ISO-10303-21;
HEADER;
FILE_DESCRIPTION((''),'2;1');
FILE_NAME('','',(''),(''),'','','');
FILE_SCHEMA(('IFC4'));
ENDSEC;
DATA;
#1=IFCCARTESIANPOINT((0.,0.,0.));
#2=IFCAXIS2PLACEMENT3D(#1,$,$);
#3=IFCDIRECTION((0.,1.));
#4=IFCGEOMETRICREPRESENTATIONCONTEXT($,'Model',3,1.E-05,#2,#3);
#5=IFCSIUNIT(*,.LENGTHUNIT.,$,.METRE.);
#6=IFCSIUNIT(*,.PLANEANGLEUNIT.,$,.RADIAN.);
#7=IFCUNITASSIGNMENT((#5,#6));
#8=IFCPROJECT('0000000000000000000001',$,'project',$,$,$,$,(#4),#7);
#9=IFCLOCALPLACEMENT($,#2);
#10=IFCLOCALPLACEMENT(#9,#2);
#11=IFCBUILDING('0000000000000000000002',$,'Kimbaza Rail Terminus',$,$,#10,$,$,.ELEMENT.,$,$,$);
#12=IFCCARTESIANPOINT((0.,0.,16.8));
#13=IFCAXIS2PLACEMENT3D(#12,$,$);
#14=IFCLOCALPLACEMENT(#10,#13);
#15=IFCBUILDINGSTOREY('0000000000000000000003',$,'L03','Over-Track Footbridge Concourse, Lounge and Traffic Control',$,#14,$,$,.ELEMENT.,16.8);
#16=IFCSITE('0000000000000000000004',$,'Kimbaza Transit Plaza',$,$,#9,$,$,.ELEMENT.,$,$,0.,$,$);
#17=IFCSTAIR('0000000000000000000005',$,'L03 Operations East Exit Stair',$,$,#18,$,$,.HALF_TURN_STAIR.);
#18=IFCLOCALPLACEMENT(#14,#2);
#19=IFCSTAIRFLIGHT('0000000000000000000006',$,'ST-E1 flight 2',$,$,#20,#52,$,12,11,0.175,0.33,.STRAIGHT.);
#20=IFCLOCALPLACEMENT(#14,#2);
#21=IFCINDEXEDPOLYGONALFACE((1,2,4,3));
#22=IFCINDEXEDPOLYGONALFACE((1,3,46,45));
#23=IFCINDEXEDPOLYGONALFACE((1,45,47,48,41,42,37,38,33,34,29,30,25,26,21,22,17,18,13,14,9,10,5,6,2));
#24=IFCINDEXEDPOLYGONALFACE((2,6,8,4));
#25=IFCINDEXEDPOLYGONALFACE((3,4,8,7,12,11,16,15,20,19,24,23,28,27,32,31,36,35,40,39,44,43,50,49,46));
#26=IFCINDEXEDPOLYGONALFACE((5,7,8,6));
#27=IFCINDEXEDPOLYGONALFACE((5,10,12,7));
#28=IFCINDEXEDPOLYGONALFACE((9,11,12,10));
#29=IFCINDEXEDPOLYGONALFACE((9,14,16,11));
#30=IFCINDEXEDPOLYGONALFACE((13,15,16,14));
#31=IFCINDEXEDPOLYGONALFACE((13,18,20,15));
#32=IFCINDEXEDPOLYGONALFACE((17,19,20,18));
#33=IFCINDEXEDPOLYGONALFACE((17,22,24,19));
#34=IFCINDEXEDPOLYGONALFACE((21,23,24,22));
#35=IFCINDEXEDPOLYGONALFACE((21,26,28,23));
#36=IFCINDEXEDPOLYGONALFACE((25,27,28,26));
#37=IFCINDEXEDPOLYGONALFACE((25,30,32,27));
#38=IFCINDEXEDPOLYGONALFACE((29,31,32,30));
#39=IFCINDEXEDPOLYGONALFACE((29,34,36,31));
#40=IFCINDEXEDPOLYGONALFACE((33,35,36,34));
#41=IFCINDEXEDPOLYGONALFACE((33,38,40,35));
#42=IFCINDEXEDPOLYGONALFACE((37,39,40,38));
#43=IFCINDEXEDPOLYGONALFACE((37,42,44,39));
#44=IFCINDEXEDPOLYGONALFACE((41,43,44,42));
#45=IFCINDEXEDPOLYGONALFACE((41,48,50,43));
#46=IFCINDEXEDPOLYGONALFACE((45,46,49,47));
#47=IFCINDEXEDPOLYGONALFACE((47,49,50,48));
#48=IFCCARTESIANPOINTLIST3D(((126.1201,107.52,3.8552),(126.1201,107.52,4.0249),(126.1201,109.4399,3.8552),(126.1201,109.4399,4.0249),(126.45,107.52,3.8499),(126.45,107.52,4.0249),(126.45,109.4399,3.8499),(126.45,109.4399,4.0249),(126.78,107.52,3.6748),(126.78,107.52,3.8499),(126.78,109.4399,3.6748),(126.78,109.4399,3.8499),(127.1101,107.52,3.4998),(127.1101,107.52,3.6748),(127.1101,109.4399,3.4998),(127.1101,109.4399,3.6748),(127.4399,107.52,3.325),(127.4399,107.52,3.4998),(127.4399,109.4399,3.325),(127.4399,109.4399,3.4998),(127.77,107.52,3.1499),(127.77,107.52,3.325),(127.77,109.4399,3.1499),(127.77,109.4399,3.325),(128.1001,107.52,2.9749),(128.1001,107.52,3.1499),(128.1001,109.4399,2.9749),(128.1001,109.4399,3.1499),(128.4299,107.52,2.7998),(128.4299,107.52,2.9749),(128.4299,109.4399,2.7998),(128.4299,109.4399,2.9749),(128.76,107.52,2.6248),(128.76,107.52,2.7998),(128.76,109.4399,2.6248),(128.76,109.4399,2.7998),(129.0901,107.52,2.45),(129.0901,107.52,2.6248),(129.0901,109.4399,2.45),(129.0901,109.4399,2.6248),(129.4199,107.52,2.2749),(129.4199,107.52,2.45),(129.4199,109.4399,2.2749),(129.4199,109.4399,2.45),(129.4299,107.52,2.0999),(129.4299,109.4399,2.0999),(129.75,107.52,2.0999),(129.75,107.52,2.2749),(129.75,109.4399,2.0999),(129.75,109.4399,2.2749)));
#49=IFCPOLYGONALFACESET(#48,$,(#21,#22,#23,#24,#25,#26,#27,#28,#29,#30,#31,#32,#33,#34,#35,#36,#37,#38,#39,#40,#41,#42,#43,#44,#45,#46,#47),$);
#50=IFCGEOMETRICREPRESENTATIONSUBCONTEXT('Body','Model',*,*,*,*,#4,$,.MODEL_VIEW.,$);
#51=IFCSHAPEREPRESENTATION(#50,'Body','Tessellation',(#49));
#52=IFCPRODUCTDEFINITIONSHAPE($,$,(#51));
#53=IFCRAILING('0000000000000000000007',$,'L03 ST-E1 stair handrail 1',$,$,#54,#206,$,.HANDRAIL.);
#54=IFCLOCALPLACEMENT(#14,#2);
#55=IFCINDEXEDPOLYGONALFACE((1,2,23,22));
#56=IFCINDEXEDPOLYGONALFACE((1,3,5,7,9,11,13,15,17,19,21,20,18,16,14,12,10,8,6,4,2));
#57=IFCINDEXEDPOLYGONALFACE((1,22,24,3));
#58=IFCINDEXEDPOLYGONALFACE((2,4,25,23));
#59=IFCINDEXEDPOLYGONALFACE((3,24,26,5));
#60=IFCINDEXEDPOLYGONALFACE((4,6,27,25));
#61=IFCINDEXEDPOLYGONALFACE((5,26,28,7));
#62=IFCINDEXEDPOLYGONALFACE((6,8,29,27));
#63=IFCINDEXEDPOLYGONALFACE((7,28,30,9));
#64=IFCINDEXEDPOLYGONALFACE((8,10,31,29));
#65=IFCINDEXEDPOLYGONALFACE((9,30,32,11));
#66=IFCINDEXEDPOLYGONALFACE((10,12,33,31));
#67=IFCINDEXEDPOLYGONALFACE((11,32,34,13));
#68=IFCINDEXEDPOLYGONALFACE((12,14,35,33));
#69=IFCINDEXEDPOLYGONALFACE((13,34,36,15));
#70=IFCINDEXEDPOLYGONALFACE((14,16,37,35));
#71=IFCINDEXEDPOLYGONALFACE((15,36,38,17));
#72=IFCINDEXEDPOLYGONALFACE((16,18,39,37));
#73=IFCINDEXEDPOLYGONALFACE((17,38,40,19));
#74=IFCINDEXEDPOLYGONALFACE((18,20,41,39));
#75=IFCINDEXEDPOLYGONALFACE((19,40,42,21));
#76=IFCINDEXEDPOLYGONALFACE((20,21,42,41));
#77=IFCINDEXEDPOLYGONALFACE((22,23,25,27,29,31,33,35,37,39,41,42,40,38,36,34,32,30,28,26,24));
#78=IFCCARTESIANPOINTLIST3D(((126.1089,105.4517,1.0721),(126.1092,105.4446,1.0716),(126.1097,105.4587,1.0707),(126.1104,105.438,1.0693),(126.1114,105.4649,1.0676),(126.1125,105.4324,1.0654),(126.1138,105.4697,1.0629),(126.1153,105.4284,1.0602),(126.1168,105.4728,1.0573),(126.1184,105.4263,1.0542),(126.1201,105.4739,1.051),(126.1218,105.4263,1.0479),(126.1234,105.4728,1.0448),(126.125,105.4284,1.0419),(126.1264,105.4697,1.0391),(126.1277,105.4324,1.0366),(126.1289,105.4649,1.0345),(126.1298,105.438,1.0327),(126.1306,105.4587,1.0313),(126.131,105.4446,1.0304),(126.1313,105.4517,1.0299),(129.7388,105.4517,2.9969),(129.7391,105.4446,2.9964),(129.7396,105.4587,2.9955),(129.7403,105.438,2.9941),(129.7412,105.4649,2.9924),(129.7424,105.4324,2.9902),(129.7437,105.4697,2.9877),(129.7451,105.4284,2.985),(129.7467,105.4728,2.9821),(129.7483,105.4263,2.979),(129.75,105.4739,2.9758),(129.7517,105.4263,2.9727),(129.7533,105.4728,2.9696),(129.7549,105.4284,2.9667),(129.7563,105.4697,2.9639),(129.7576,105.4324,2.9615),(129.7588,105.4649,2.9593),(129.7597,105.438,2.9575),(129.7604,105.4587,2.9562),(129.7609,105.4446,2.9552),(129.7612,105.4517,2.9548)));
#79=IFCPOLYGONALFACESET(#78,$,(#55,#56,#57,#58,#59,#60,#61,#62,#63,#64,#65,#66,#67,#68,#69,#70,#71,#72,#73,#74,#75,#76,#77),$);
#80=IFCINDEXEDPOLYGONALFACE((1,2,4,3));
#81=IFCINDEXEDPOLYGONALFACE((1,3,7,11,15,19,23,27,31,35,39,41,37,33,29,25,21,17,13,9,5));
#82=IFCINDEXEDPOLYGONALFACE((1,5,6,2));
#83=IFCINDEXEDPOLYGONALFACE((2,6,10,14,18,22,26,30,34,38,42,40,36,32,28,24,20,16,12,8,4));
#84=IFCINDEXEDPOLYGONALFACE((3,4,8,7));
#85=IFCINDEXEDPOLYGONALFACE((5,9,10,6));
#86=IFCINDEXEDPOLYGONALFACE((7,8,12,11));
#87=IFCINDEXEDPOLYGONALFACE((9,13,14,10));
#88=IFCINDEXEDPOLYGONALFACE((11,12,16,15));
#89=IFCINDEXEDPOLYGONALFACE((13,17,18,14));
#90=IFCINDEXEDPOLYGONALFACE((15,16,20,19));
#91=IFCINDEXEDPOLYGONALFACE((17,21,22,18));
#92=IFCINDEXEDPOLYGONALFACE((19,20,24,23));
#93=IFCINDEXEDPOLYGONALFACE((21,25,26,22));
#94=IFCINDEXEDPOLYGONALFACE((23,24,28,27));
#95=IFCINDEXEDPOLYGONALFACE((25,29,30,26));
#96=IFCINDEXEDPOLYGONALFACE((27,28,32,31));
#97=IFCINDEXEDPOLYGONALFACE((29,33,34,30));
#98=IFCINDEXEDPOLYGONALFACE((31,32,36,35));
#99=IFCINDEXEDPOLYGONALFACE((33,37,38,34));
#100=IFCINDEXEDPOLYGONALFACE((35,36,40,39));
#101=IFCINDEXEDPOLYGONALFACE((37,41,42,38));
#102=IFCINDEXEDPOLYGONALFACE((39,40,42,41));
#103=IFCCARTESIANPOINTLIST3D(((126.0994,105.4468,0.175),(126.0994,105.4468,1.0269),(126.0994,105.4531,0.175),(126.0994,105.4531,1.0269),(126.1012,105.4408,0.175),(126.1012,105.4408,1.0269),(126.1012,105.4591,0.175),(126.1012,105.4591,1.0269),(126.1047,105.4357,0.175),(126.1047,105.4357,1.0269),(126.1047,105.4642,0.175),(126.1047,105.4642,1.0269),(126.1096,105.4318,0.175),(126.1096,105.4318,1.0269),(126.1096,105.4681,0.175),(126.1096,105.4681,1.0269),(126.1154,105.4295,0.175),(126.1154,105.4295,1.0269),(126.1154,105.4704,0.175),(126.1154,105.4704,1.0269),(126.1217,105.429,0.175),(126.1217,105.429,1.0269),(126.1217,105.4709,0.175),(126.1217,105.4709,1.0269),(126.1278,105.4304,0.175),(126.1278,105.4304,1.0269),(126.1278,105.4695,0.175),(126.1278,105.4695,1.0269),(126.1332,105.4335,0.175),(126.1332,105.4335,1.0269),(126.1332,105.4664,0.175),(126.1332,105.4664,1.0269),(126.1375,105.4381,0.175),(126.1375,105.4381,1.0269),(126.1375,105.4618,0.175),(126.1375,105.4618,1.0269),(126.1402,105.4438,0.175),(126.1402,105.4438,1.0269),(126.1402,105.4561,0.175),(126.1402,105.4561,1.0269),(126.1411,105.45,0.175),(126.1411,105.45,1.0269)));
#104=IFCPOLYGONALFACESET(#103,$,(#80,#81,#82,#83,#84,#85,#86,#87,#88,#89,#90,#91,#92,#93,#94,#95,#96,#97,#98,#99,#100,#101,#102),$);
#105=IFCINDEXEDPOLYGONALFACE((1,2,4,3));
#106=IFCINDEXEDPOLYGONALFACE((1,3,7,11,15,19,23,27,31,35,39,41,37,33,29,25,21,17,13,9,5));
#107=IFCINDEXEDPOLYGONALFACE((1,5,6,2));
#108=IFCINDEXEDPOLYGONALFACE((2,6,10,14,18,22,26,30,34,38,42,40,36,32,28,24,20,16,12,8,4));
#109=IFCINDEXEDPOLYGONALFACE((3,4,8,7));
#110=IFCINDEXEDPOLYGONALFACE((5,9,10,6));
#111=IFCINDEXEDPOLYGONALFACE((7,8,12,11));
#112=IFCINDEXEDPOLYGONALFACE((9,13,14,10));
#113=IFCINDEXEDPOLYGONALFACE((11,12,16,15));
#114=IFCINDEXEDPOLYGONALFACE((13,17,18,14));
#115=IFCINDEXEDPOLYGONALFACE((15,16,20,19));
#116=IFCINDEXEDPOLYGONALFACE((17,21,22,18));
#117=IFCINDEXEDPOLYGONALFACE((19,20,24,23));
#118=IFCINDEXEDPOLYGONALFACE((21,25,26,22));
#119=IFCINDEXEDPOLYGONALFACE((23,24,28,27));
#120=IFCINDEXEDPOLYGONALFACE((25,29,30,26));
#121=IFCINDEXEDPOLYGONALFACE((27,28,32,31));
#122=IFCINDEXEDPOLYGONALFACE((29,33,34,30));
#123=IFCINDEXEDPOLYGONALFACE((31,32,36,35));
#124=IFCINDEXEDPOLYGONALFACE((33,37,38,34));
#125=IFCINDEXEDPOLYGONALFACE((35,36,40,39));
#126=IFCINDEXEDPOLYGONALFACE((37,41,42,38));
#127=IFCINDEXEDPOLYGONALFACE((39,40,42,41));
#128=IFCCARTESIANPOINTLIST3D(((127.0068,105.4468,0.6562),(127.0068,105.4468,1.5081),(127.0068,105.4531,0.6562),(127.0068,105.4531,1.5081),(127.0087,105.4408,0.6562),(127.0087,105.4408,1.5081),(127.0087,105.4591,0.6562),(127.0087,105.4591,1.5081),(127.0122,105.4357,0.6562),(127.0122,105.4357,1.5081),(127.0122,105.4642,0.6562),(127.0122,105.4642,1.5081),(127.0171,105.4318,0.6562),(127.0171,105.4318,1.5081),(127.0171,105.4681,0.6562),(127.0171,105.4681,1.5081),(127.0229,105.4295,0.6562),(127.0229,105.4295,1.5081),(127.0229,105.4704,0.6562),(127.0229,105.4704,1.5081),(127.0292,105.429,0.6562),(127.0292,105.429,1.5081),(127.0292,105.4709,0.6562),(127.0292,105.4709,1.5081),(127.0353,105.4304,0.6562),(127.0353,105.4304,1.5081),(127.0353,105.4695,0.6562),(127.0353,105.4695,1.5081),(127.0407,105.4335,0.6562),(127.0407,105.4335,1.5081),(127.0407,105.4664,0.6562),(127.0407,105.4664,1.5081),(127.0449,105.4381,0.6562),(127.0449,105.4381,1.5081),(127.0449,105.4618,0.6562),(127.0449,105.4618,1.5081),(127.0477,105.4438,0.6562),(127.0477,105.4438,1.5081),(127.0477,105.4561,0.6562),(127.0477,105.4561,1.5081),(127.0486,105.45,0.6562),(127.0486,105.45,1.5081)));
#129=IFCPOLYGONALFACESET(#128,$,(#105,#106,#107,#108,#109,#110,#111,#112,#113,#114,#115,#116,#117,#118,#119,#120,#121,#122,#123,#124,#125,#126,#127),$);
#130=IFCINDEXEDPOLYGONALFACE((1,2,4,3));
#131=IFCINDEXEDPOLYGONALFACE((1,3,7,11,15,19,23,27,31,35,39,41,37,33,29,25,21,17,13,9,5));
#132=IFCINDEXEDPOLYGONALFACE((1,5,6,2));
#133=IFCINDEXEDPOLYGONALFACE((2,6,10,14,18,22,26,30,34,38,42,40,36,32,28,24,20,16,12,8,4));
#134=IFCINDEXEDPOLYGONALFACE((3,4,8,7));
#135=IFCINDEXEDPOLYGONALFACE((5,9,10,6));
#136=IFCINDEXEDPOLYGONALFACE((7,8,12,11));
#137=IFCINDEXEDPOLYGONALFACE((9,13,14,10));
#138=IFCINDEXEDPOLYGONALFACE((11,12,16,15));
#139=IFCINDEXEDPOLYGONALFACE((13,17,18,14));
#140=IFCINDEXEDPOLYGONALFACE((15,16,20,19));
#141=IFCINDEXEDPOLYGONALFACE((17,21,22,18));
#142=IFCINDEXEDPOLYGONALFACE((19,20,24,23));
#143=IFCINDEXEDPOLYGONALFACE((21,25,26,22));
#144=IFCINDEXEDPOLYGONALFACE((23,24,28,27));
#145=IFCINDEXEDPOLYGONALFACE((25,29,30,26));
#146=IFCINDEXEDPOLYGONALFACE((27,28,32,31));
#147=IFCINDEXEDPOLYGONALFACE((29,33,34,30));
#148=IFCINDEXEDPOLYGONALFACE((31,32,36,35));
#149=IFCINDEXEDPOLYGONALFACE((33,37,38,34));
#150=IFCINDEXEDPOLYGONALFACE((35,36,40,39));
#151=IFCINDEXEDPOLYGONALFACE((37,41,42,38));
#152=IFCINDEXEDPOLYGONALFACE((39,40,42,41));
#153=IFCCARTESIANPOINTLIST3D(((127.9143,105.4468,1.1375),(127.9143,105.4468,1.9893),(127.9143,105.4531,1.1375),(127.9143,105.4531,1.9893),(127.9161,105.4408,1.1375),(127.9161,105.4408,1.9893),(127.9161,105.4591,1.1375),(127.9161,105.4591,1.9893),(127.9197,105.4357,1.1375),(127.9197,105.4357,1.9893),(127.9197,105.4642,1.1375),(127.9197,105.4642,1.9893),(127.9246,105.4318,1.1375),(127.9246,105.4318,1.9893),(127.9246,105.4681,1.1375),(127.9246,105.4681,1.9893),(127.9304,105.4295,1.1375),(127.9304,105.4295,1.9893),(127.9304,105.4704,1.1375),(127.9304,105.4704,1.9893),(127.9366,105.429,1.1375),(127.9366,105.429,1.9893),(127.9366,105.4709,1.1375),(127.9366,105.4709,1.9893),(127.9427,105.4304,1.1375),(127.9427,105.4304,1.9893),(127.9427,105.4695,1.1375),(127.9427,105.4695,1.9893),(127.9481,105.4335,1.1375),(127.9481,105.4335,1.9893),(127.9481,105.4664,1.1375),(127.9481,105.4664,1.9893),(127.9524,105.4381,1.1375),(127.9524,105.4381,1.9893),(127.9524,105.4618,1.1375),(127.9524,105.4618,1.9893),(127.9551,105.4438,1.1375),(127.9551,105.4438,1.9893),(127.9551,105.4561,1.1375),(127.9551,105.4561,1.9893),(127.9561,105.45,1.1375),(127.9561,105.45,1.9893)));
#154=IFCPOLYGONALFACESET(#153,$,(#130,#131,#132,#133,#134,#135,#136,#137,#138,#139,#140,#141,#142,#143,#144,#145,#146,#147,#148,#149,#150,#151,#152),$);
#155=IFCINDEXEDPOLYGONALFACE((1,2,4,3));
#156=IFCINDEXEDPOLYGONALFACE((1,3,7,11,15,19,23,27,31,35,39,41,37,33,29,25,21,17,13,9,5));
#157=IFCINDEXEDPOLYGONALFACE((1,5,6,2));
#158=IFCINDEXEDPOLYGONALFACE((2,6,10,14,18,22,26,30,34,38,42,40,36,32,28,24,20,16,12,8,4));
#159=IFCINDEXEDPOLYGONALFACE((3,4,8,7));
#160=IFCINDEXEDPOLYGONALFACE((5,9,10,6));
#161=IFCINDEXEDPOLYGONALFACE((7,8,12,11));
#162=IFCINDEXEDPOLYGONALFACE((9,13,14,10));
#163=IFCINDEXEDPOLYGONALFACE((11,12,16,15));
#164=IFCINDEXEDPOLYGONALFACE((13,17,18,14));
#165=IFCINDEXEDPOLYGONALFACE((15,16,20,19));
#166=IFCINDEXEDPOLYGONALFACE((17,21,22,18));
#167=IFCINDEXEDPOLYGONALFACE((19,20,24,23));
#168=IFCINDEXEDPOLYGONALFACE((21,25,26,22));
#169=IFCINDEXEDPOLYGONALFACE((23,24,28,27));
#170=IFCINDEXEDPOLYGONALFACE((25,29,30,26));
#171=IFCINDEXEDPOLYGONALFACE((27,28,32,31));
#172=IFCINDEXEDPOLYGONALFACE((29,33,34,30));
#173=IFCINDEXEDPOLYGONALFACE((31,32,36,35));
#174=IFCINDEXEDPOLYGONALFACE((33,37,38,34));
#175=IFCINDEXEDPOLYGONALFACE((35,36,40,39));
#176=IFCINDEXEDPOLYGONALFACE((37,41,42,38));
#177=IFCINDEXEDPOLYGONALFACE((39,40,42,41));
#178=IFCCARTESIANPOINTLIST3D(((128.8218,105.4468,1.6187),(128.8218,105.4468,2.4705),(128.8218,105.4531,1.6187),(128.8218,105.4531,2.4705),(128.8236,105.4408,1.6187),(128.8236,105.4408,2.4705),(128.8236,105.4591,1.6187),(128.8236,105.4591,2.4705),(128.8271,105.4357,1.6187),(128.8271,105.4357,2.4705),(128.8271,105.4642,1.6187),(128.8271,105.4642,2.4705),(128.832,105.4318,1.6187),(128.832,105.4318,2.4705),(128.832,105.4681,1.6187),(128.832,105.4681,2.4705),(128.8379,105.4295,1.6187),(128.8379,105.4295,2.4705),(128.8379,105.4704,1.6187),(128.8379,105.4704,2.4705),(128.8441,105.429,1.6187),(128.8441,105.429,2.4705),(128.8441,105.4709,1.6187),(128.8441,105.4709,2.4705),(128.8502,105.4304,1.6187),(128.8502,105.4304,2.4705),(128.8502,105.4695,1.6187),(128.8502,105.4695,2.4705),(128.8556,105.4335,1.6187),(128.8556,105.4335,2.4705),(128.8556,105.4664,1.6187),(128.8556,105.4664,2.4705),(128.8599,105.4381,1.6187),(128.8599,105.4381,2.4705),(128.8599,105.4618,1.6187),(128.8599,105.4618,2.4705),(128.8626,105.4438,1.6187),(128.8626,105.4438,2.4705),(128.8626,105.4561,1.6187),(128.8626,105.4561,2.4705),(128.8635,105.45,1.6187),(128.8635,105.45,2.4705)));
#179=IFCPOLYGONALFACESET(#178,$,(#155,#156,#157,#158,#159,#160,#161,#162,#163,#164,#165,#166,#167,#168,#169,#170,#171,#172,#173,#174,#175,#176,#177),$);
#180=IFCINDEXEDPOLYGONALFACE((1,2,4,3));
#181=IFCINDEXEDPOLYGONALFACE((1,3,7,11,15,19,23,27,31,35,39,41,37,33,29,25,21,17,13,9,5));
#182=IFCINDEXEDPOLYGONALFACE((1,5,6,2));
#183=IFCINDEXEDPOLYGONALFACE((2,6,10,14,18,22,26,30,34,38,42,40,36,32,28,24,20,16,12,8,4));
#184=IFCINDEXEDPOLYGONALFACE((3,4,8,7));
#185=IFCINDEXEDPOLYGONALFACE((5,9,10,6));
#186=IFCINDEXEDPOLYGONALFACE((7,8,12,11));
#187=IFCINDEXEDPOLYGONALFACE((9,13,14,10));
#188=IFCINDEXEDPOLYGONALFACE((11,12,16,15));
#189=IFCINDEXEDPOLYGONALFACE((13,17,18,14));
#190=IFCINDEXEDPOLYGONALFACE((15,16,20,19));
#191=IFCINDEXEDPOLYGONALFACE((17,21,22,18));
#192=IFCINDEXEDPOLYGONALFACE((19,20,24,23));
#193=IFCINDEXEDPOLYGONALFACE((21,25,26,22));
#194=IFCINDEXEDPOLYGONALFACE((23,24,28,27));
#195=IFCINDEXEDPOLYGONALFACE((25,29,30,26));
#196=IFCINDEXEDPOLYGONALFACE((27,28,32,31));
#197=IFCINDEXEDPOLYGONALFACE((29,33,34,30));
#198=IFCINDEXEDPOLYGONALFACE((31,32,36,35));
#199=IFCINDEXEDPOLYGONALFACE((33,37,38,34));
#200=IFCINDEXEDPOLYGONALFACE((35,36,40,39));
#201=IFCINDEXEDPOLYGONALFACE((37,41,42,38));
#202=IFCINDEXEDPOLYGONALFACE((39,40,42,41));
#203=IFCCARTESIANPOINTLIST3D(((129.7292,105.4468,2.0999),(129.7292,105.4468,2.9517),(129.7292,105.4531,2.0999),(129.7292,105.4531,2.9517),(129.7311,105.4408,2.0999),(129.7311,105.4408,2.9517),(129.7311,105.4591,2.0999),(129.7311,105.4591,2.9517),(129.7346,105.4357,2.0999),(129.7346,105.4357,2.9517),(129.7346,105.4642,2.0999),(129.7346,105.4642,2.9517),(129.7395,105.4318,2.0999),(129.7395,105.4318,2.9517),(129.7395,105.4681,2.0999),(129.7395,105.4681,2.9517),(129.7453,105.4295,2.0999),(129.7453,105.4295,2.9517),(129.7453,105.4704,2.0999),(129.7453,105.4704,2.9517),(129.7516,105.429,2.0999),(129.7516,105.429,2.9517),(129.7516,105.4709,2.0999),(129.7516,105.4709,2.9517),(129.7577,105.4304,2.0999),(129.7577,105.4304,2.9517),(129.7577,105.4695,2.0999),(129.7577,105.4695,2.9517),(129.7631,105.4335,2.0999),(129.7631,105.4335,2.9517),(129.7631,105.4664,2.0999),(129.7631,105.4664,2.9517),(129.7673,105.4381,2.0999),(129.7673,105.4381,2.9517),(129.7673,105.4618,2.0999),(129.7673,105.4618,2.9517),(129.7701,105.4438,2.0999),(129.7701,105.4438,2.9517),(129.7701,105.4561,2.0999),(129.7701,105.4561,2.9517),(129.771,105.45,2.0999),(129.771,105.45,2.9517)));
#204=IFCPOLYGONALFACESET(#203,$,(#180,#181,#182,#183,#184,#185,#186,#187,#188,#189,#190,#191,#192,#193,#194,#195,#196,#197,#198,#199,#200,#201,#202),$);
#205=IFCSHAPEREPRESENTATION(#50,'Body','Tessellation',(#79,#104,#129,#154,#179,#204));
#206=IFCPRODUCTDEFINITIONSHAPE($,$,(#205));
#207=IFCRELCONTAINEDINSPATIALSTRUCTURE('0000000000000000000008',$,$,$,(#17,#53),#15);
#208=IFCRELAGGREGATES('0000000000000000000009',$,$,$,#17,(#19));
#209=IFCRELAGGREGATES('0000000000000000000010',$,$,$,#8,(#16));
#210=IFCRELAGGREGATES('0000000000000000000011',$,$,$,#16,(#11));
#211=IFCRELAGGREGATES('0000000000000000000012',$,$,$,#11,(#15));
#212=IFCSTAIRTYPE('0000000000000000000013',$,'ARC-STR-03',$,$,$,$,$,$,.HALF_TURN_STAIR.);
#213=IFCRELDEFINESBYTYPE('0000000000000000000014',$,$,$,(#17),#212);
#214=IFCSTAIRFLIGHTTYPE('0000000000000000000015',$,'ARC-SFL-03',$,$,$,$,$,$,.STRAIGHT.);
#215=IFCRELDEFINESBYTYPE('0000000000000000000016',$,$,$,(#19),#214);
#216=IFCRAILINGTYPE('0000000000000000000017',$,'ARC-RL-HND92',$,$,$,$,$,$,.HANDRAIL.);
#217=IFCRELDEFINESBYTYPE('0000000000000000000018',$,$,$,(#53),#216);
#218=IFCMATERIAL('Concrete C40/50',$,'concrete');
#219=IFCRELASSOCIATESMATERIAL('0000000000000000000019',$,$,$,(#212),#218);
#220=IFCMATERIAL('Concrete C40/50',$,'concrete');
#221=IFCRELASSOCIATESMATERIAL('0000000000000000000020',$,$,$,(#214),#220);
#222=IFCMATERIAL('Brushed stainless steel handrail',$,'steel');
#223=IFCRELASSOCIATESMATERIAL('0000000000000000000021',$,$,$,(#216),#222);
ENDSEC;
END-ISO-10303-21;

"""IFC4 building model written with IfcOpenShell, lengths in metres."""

from ifc_helpers import new_model, si_unit, direction, frame, origin, origin_2d, place, context, subcontext, project, spatial, polyline, circle, outline, extrude, material, type_object, element, aggregate, save


model = new_model("IFC4")

# Units and contexts
model_context = context("Model", 3, precision=1e-05, world=origin(), true_north=direction((0.0, 1.0)))
body_context = subcontext(model_context, "Body", "Model", "MODEL_VIEW")
ifc_project = project(units=[si_unit("LENGTHUNIT", "METRE"), si_unit("PLANEANGLEUNIT", "RADIAN")], contexts=[model_context])

# Site, building, storey
site_placement = place(None, origin())
site = spatial("IfcSite", under=ifc_project, at=site_placement, Name="Kimbaza Transit Plaza", CompositionType="ELEMENT", RefElevation=0.0)
building_placement = place(site_placement, origin())
building = spatial("IfcBuilding", under=site, at=building_placement, Name="Kimbaza Rail Terminus", CompositionType="ELEMENT")
storey_placement = place(building_placement, frame((0.0, 0.0, 16.8)))
storey = spatial("IfcBuildingStorey", under=building, at=storey_placement, Name="L03", Description="Over-Track Footbridge Concourse, Lounge and Traffic Control", CompositionType="ELEMENT", Elevation=16.8)

# Stair, stair flight
ifc_material_1 = material(Name="Concrete C40/50", Category="concrete")
stair_type = type_object("IfcStairType", Name="ARC-STR-03", PredefinedType="HALF_TURN_STAIR", material=ifc_material_1)
stair_placement = place(storey_placement, origin())
stair = element("IfcStair", 1, at=stair_placement, inside=storey, type_object=stair_type, Name="L03 Operations East Exit Stair", PredefinedType="HALF_TURN_STAIR")
ifc_material_2 = material(Name="Concrete C40/50", Category="concrete")
stair_flight_type = type_object("IfcStairFlightType", Name="ARC-SFL-03", PredefinedType="STRAIGHT", material=ifc_material_2)
stair_flight_1_placement = place(storey_placement, frame((129.75, 108.48, 2.0999), z_axis=(0.0, 0.0, 1.0), x_axis=(-1.0, 0.0, 0.0)))
stair_flight_1 = element("IfcStairFlight", 2, at=stair_flight_1_placement, type_object=stair_flight_type, Name="ST-E1 flight 2", NumberOfRisers=12, NumberOfTreads=11, PredefinedType="STRAIGHT", RiserHeight=0.175, TreadLength=0.33, context=body_context, shape_type="SweptSolid", body=[
    extrude(outline(polyline([(0.0, 0.0), (0.0, 0.175), (0.3301, 0.175), (0.3301, 0.3501), (0.6599, 0.3501), (0.6599, 0.5249), (0.99, 0.5249), (0.99, 0.7), (1.3201, 0.7), (1.3201, 0.875), (1.6499, 0.875), (1.6499, 1.05), (1.98, 1.05), (1.98, 1.2251), (2.3101, 1.2251), (2.3101, 1.3999), (2.6399, 1.3999), (2.6399, 1.575), (2.97, 1.575), (2.97, 1.75), (3.3, 1.75), (3.3, 1.925), (3.6299, 1.925), (3.6299, 2.1001), (3.6299, 1.7554), (0.3201, 0.0), (0.0, 0.0)])), frame((0.0, 0.96, 0.0), z_axis=(0.0, -1.0, 0.0), x_axis=(1.0, 0.0, 0.0)), (0.0, 0.0, 1.0), 1.9199),
])
aggregate(stair, [stair_flight_1])

# Railing
ifc_material_3 = material(Name="Brushed stainless steel handrail", Category="steel")
railing_type_1 = type_object("IfcRailingType", Name="ARC-RL-HND92", PredefinedType="HANDRAIL", material=ifc_material_3)
railing_1_placement = place(storey_placement, frame((126.1201, 105.45, 0.175)))
element("IfcRailing", 3, at=railing_1_placement, inside=storey, type_object=railing_type_1, Name="L03 ST-E1 stair handrail 1", PredefinedType="HANDRAIL", context=body_context, shape_type="SweptSolid", body=[
    extrude(circle(Radius=0.0239, at=origin_2d()), frame((0.0, 0.0, 0.876), z_axis=(0.883476, 0.0, 0.468477), x_axis=(0.0, 1.0, 0.0)), (0.0, 0.0, 1.0), 4.1086),
    extrude(circle(Radius=0.021, at=origin_2d()), origin(), (0.0, 0.0, 1.0), 0.8518),
    extrude(circle(Radius=0.021, at=origin_2d()), frame((0.9075, 0.0, 0.4812)), (0.0, 0.0, 1.0), 0.8518),
    extrude(circle(Radius=0.021, at=origin_2d()), frame((1.8149, 0.0, 0.9624)), (0.0, 0.0, 1.0), 0.8518),
    extrude(circle(Radius=0.021, at=origin_2d()), frame((2.7224, 0.0, 1.4436)), (0.0, 0.0, 1.0), 0.8518),
    extrude(circle(Radius=0.021, at=origin_2d()), frame((3.6299, 0.0, 1.9248)), (0.0, 0.0, 1.0), 0.8518),
])

save(model, "model.ifc")
